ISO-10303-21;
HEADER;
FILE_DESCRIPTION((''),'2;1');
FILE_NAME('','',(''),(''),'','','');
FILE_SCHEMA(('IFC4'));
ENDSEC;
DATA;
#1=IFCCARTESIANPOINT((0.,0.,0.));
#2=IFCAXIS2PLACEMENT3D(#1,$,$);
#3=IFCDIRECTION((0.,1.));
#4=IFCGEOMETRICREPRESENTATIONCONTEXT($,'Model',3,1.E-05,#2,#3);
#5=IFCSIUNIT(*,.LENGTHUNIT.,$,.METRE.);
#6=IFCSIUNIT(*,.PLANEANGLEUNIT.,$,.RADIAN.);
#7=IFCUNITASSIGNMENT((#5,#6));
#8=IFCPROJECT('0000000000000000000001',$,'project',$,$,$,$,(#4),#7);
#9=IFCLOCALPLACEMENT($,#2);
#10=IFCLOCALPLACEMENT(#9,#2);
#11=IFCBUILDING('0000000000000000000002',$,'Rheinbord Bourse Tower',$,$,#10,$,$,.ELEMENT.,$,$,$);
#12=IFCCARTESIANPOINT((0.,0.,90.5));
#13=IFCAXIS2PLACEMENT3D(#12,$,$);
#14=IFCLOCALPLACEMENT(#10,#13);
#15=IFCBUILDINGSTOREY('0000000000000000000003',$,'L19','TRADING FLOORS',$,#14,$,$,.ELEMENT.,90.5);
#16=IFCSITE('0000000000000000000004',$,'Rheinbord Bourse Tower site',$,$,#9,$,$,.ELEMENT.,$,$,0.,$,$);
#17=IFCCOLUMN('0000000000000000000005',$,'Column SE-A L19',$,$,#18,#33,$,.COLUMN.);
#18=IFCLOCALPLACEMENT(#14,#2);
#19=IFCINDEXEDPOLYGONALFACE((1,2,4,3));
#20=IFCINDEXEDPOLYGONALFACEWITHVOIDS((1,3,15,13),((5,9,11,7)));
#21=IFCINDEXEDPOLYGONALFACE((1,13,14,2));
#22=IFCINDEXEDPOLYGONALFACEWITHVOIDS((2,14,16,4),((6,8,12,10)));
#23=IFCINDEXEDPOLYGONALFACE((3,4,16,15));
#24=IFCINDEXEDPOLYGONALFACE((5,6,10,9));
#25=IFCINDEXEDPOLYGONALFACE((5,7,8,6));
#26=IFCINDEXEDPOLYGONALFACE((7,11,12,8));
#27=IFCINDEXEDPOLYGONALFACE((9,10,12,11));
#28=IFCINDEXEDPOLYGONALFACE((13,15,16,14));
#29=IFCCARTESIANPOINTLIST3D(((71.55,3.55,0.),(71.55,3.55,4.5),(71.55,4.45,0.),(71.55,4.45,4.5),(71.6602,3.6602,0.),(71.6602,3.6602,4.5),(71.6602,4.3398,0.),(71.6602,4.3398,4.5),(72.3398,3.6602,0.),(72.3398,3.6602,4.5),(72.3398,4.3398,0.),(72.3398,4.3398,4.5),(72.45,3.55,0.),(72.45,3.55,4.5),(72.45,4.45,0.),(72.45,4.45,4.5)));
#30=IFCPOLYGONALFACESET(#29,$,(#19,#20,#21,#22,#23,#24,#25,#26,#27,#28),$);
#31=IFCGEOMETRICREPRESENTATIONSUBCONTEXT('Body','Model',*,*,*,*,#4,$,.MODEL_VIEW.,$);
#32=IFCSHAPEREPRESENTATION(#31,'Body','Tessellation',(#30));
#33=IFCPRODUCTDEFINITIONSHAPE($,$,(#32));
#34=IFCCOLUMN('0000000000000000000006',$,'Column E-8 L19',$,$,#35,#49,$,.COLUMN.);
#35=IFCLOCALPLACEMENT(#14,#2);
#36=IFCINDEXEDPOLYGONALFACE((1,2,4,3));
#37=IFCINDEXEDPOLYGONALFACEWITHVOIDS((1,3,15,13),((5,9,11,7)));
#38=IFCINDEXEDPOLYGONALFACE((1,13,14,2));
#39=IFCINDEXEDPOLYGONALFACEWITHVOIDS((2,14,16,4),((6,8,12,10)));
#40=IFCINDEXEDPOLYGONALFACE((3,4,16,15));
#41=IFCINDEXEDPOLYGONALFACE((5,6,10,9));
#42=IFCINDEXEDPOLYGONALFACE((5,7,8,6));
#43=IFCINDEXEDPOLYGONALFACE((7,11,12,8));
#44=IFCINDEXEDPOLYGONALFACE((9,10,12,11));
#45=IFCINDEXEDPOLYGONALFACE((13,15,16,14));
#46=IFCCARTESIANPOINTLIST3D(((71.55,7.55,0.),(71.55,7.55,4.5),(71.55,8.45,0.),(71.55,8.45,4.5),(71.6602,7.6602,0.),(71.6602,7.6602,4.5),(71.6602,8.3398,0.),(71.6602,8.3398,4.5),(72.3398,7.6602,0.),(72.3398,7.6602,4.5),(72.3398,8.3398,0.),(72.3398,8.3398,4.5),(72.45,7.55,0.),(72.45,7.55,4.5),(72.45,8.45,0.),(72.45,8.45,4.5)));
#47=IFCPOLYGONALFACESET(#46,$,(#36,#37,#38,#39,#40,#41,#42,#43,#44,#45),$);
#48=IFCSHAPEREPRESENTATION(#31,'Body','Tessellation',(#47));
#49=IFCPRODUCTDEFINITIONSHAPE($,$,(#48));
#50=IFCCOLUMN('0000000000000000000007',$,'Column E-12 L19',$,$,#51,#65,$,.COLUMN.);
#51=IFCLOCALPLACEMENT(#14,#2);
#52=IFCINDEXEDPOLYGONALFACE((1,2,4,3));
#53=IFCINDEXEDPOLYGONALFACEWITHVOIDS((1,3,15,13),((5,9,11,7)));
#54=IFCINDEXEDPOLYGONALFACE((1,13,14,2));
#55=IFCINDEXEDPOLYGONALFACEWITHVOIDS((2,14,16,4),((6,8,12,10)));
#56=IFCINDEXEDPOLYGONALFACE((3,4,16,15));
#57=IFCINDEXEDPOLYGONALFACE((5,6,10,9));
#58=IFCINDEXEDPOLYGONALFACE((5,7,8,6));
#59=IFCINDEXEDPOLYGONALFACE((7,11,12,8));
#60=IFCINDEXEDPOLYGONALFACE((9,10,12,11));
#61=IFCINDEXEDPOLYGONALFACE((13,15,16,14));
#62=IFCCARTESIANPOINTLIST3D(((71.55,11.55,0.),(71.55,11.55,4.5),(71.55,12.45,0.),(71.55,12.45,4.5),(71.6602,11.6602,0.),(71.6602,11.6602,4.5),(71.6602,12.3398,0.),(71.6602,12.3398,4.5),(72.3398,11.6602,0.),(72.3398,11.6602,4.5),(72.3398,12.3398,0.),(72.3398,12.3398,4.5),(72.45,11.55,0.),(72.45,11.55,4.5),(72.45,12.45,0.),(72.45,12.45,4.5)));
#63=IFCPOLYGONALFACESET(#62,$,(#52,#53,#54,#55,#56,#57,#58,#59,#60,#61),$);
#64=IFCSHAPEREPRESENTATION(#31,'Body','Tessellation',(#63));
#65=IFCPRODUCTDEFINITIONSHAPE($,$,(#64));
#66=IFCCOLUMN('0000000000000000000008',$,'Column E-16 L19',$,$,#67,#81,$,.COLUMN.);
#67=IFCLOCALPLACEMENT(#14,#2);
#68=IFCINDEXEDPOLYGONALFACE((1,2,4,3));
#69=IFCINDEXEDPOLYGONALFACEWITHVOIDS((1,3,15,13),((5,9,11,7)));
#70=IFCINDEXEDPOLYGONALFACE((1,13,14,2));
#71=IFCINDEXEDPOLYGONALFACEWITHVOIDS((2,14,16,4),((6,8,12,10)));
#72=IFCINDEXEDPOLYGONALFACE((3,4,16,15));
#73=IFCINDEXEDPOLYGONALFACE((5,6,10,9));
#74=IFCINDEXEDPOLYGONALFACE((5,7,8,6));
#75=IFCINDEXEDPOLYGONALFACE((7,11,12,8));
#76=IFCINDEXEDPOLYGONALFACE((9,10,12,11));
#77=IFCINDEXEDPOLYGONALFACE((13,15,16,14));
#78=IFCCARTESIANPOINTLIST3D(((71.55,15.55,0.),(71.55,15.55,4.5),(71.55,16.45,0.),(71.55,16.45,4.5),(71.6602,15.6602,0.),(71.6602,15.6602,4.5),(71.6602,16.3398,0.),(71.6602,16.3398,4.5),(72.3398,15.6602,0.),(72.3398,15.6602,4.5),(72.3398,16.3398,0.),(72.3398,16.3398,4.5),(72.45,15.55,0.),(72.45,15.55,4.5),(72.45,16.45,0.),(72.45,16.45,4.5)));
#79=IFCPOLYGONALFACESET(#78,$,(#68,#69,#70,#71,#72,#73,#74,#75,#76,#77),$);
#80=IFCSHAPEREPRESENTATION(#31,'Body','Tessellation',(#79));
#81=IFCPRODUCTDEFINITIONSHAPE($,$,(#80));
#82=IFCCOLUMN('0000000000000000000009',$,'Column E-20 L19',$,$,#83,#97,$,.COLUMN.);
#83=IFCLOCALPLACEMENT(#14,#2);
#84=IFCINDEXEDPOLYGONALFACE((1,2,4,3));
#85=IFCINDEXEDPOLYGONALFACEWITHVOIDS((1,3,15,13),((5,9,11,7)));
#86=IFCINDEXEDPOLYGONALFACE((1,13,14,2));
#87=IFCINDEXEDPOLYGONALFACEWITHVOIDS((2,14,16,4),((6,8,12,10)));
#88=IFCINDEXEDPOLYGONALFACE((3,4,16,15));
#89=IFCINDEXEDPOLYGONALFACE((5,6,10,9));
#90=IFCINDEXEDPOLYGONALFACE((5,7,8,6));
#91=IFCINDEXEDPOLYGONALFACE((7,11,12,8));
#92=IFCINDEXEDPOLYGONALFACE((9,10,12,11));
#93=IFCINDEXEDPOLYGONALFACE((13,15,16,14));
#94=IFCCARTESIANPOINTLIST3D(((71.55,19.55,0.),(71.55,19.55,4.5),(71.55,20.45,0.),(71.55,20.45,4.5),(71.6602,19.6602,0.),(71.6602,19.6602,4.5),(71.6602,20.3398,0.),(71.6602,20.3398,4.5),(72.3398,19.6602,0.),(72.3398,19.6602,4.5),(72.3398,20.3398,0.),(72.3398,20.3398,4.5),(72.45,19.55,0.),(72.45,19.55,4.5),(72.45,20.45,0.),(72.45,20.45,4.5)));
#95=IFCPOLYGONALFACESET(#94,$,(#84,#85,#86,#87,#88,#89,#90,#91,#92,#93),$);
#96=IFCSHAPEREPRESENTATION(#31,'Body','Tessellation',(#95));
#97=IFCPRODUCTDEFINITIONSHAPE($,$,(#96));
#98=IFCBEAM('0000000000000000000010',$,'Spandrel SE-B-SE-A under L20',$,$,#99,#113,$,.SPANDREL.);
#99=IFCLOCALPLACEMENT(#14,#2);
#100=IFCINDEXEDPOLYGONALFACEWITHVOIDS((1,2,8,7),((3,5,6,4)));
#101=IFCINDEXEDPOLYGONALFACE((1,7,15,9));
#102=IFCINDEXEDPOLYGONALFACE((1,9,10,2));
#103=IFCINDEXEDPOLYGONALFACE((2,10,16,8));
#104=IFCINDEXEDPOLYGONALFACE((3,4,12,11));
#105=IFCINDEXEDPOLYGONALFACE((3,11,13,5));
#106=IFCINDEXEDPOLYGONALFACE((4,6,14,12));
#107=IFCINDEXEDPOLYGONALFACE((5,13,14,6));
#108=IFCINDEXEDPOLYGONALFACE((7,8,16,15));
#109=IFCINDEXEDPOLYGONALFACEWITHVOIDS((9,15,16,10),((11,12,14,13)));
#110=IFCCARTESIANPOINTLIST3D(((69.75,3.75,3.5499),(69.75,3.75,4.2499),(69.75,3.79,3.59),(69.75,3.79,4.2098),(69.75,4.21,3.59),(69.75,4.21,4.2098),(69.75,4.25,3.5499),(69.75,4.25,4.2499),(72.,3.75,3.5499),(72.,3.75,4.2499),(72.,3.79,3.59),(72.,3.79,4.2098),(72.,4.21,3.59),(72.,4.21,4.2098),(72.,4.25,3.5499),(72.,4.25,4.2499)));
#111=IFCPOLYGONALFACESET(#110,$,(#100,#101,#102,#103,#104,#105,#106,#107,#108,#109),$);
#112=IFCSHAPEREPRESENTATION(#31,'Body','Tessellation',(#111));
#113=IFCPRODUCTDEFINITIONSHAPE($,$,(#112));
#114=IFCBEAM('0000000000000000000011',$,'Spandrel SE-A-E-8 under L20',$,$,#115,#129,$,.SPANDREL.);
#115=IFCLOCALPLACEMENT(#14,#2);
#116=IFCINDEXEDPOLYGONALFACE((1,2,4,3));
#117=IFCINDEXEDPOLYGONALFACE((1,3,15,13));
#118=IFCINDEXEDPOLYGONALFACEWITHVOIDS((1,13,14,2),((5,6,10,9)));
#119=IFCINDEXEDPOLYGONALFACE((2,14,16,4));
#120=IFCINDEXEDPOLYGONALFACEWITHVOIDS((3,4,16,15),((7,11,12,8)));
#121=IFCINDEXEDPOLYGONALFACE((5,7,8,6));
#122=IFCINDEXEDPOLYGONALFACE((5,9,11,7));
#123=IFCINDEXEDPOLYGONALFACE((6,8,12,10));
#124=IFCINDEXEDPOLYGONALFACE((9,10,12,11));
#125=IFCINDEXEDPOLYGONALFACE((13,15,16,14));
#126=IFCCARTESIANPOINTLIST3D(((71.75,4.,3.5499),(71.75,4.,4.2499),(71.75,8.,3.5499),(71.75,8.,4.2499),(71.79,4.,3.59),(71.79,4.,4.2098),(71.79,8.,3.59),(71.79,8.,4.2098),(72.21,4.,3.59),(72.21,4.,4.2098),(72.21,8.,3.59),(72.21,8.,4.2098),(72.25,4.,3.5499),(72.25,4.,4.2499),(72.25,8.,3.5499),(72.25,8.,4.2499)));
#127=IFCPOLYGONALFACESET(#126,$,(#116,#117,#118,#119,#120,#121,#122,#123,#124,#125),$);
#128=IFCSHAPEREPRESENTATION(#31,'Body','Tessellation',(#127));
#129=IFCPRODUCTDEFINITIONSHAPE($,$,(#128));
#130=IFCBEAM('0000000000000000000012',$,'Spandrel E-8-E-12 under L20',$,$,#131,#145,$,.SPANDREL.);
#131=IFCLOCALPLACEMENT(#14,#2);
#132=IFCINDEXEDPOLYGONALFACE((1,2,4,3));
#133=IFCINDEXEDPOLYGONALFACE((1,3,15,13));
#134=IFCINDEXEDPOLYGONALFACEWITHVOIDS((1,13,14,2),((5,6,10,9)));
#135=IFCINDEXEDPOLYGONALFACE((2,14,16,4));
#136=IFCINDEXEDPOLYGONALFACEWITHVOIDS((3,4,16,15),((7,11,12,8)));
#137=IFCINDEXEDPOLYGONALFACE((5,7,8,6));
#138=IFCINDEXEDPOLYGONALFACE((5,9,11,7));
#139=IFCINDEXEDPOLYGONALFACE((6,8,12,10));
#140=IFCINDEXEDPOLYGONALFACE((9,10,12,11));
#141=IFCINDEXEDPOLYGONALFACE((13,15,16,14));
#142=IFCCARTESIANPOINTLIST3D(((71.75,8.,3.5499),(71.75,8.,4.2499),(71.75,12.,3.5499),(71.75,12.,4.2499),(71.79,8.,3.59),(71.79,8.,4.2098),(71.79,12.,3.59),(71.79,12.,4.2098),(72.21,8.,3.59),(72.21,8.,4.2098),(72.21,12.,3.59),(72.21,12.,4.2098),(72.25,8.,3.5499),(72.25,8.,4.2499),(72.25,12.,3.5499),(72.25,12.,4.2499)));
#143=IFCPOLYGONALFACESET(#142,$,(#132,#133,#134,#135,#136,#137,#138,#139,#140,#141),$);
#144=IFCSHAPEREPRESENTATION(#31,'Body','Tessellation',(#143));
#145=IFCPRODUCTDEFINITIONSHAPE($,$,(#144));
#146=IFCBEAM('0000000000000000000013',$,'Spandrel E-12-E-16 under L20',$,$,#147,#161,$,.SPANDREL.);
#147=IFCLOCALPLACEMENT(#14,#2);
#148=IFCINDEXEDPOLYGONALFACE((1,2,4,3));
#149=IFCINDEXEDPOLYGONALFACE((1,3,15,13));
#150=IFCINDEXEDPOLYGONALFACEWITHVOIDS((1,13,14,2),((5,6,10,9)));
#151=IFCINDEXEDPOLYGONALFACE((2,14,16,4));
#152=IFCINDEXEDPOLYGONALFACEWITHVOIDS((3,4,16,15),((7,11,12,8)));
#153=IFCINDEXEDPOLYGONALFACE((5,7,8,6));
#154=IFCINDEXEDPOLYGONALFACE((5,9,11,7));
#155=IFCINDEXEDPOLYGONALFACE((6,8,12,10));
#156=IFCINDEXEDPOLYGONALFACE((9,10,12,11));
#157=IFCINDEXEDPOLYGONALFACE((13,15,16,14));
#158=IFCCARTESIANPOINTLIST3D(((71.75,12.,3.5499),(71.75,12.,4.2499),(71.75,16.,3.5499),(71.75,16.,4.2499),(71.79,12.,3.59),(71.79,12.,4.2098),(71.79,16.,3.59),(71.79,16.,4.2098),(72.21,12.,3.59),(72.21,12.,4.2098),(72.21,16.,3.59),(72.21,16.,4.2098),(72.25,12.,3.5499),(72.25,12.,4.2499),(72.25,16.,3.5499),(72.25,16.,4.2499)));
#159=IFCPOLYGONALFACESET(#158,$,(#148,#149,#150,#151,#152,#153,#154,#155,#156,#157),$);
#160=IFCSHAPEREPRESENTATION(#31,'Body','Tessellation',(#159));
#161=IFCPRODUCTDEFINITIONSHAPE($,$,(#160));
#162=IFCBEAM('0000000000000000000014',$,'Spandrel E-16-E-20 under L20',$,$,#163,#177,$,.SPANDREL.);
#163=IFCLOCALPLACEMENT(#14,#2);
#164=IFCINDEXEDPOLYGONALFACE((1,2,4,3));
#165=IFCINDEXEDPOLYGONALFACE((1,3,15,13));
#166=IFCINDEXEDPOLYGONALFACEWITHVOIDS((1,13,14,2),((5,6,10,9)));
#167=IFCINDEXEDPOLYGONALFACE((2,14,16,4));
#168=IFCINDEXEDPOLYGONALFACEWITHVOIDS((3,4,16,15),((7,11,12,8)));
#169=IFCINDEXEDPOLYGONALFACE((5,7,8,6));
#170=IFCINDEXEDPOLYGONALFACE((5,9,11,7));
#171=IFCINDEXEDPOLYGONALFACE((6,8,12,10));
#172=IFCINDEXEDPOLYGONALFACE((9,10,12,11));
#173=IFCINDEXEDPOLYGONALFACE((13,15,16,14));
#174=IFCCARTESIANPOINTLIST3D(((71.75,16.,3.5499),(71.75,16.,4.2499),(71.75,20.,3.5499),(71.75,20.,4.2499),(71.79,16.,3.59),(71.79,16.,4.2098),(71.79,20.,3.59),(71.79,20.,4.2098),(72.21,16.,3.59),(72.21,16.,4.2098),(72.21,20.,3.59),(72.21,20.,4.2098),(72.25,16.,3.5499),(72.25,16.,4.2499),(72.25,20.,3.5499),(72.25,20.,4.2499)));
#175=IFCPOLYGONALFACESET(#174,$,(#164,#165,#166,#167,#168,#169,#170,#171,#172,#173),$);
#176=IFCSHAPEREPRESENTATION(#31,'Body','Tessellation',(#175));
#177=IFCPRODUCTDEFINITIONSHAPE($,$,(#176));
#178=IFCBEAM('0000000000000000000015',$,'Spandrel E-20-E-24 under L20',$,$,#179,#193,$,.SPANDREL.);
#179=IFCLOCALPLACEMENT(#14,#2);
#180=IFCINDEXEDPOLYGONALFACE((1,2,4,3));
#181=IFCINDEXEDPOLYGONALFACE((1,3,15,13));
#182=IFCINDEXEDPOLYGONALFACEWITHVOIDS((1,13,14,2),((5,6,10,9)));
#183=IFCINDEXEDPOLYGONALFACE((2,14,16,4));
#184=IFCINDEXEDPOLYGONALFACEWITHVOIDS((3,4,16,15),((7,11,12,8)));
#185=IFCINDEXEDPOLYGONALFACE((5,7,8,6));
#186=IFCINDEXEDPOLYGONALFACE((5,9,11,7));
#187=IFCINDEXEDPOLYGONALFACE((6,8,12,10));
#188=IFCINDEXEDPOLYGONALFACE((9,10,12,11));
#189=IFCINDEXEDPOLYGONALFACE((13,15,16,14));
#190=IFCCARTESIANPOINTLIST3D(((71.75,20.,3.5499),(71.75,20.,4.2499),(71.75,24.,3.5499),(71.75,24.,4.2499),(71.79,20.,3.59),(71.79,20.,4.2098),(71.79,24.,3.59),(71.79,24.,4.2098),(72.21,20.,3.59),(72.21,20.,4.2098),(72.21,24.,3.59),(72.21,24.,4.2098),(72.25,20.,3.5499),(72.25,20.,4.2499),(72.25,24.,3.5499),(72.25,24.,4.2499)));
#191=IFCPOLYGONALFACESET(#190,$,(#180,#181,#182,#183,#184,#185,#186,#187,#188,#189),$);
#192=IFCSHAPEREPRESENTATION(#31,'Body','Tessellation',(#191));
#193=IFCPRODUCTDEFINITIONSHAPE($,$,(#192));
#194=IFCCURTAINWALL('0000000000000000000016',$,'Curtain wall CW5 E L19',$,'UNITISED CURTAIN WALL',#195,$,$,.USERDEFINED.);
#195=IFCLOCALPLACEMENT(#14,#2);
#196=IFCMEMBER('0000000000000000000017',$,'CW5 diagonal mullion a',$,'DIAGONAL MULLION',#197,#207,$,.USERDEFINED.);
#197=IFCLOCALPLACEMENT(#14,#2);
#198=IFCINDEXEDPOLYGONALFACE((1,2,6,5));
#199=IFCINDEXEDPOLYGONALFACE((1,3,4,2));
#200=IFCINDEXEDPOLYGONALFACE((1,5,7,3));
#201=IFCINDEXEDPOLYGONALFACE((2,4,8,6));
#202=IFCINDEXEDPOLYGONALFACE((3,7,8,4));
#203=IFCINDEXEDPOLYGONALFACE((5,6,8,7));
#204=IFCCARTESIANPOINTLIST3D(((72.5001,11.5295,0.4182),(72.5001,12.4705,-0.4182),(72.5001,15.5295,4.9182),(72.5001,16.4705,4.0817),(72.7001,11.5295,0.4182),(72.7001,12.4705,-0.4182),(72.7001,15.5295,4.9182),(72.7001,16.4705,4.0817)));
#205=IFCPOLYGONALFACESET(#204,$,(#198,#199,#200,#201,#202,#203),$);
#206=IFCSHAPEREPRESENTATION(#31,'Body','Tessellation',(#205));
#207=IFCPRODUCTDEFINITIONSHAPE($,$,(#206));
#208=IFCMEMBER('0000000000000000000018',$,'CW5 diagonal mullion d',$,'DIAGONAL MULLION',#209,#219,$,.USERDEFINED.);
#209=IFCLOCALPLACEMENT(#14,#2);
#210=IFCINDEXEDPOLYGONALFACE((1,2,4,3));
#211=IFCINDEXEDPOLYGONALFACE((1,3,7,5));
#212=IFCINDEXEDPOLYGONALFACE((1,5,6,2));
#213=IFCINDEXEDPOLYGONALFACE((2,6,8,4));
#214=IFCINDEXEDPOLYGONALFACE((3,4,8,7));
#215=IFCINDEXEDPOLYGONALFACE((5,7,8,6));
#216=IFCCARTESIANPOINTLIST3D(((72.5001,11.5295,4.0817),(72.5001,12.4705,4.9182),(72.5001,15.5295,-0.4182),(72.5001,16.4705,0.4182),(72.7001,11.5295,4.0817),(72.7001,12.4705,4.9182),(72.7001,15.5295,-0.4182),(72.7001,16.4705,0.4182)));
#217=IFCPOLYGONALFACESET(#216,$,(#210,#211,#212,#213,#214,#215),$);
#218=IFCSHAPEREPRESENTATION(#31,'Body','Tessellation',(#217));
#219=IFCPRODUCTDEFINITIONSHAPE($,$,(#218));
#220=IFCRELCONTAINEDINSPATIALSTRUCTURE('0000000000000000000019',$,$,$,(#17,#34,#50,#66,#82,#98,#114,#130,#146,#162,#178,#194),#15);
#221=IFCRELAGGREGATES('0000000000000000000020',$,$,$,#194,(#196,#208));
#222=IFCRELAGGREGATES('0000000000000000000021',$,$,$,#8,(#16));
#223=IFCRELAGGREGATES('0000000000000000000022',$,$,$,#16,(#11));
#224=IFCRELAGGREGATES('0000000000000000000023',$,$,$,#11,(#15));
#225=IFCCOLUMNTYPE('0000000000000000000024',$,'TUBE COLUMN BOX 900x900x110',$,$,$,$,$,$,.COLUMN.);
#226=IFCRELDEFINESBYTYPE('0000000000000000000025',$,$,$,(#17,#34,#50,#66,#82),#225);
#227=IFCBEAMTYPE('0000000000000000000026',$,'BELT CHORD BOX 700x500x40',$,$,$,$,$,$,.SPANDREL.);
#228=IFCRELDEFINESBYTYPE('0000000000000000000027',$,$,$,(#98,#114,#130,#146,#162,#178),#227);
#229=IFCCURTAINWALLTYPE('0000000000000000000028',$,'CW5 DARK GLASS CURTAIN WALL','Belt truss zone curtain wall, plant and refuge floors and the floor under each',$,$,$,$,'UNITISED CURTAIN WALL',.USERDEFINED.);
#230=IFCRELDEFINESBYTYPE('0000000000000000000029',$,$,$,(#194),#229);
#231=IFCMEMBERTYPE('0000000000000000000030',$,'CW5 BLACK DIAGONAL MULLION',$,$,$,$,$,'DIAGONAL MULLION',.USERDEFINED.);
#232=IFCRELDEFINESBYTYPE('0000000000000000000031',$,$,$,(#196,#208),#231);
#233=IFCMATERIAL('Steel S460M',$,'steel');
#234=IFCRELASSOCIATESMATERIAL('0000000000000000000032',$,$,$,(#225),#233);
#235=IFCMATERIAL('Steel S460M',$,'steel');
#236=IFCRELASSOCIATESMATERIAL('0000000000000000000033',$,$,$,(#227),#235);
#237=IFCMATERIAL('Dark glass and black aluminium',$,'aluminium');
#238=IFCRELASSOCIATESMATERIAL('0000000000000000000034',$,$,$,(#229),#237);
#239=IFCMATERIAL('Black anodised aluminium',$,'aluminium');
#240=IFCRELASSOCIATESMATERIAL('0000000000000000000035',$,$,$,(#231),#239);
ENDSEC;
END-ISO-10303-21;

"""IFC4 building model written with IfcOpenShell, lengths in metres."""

from ifc_helpers import new_model, si_unit, direction, frame, origin, origin_2d, place, context, subcontext, project, spatial, rectangle, hollow_rectangle, extrude, material, material_profile, profile_set, type_object, element, aggregate, save


model = new_model("IFC4")

# Units and contexts
model_context = context("Model", 3, precision=1e-05, world=origin(), true_north=direction((0.0, 1.0)))
body_context = subcontext(model_context, "Body", "Model", "MODEL_VIEW")
ifc_project = project(units=[si_unit("LENGTHUNIT", "METRE"), si_unit("PLANEANGLEUNIT", "RADIAN")], contexts=[model_context])

# Site, building, storey
site_placement = place(None, origin())
site = spatial("IfcSite", under=ifc_project, at=site_placement, Name="Rheinbord Bourse Tower site", CompositionType="ELEMENT", RefElevation=0.0)
building_placement = place(site_placement, origin())
building = spatial("IfcBuilding", under=site, at=building_placement, Name="Rheinbord Bourse Tower", CompositionType="ELEMENT")
storey_placement = place(building_placement, frame((0.0, 0.0, 90.5)))
storey = spatial("IfcBuildingStorey", under=building, at=storey_placement, Name="L19", Description="TRADING FLOORS", CompositionType="ELEMENT", Elevation=90.5)

# Columns
ifc_material_1 = material(Name="Steel S460M", Category="steel")
ifc_material_profile_1 = material_profile(ifc_material_1, hollow_rectangle(XDim=0.8999, YDim=0.8999, WallThickness=0.1101, at=origin_2d()), Name="BOX 900x900x110")
ifc_profile_set_1 = profile_set([ifc_material_profile_1], Name="Steel S460M")
column_type = type_object("IfcColumnType", Name="TUBE COLUMN BOX 900x900x110", PredefinedType="COLUMN", material=ifc_profile_set_1)
for number, where, z_axis, x_axis, name in (
    (1, (72.0, 4.0, 0.0), (0.0, 0.0, 1.0), (1.0, 0.0, 0.0), "Column SE-A L19"),
    (2, (72.0, 8.0, 0.0), (0.0, 0.0, 1.0), (1.0, 0.0, 0.0), "Column E-8 L19"),
    (3, (72.0, 12.0, 0.0), (0.0, 0.0, 1.0), (1.0, 0.0, 0.0), "Column E-12 L19"),
    (4, (72.0, 16.0, 0.0), (0.0, 0.0, 1.0), (1.0, 0.0, 0.0), "Column E-16 L19"),
    (5, (72.0, 20.0, 0.0), (0.0, 0.0, 1.0), (1.0, 0.0, 0.0), "Column E-20 L19"),
):
    element("IfcColumn", number, at=place(storey_placement, frame(where, z_axis=z_axis, x_axis=x_axis)), inside=storey, type_object=column_type, Name=name, PredefinedType="COLUMN", context=body_context, shape_type="SweptSolid", body=[
        extrude(hollow_rectangle(XDim=0.8999, YDim=0.8999, WallThickness=0.1101, at=origin_2d()), origin(), (0.0, 0.0, 1.0), 4.5),
    ])

# Beams
ifc_material_2 = material(Name="Steel S460M", Category="steel")
ifc_material_profile_2 = material_profile(ifc_material_2, hollow_rectangle(XDim=0.5, YDim=0.7, WallThickness=0.04, at=origin_2d()), Name="BOX 700x500x40")
ifc_profile_set_2 = profile_set([ifc_material_profile_2], Name="Steel S460M")
beam_type_1 = type_object("IfcBeamType", Name="BELT CHORD BOX 700x500x40", PredefinedType="SPANDREL", material=ifc_profile_set_2)
beam_placement = place(storey_placement, frame((69.75, 4.0, 3.8999), z_axis=(1.0, 0.0, 0.0), x_axis=(0.0, 1.0, 0.0)))
element("IfcBeam", 6, at=beam_placement, inside=storey, type_object=beam_type_1, Name="Spandrel SE-B-SE-A under L20", PredefinedType="SPANDREL", context=body_context, shape_type="SweptSolid", body=[
    extrude(hollow_rectangle(XDim=0.5, YDim=0.7, WallThickness=0.04, at=origin_2d()), origin(), (0.0, 0.0, 1.0), 2.25),
])
for number, where, z_axis, x_axis, name in (
    (7, (72.0, 4.0, 3.8999), (0.0, 1.0, 0.0), (-1.0, 0.0, 0.0), "Spandrel SE-A-E-8 under L20"),
    (8, (72.0, 8.0, 3.8999), (0.0, 1.0, 0.0), (-1.0, 0.0, 0.0), "Spandrel E-8-E-12 under L20"),
    (9, (72.0, 12.0, 3.8999), (0.0, 1.0, 0.0), (-1.0, 0.0, 0.0), "Spandrel E-12-E-16 under L20"),
    (10, (72.0, 16.0, 3.8999), (0.0, 1.0, 0.0), (-1.0, 0.0, 0.0), "Spandrel E-16-E-20 under L20"),
    (11, (72.0, 20.0, 3.8999), (0.0, 1.0, 0.0), (-1.0, 0.0, 0.0), "Spandrel E-20-E-24 under L20"),
):
    element("IfcBeam", number, at=place(storey_placement, frame(where, z_axis=z_axis, x_axis=x_axis)), inside=storey, type_object=beam_type_1, Name=name, PredefinedType="SPANDREL", context=body_context, shape_type="SweptSolid", body=[
        extrude(hollow_rectangle(XDim=0.5, YDim=0.7, WallThickness=0.04, at=origin_2d()), origin(), (0.0, 0.0, 1.0), 4.0),
    ])

# Curtain wall, members
ifc_material_3 = material(Name="Dark glass and black aluminium", Category="aluminium")
curtain_wall_type = type_object("IfcCurtainWallType", Name="CW5 DARK GLASS CURTAIN WALL", Description="Belt truss zone curtain wall, plant and refuge floors and the floor under each", ElementType="UNITISED CURTAIN WALL", PredefinedType="USERDEFINED", material=ifc_material_3)
curtain_wall_placement = place(storey_placement, origin())
curtain_wall = element("IfcCurtainWall", 12, at=curtain_wall_placement, inside=storey, type_object=curtain_wall_type, Name="Curtain wall CW5 E L19", ObjectType="UNITISED CURTAIN WALL", PredefinedType="USERDEFINED")
ifc_material_4 = material(Name="Black anodised aluminium", Category="aluminium")
ifc_material_profile_3 = material_profile(ifc_material_4, rectangle(XDim=0.2, YDim=1.259, at=origin_2d()), Name="CW5 DIAGONAL MULLION 1259x200")
ifc_profile_set_3 = profile_set([ifc_material_profile_3], Name="Black anodised aluminium")
member_type_1 = type_object("IfcMemberType", Name="CW5 BLACK DIAGONAL MULLION", ElementType="DIAGONAL MULLION", PredefinedType="USERDEFINED", material=ifc_profile_set_3)
member_1_placement = place(storey_placement, frame((72.6001, 12.0, 0.0), z_axis=(0.0, 0.664364, 0.747409), x_axis=(-1.0, 0.0, 0.0)))
member_1 = element("IfcMember", 13, at=member_1_placement, type_object=member_type_1, Name="CW5 diagonal mullion a", ObjectType="DIAGONAL MULLION", PredefinedType="USERDEFINED", context=body_context, shape_type="SweptSolid", body=[
    extrude(rectangle(XDim=0.2, YDim=1.259, at=origin_2d()), origin(), (0.0, 0.0, 1.0), 6.0208),
])
member_2_placement = place(storey_placement, frame((72.6001, 16.0, 0.0), z_axis=(0.0, -0.664364, 0.747409), x_axis=(1.0, 0.0, 0.0)))
member_2 = element("IfcMember", 14, at=member_2_placement, type_object=member_type_1, Name="CW5 diagonal mullion d", ObjectType="DIAGONAL MULLION", PredefinedType="USERDEFINED", context=body_context, shape_type="SweptSolid", body=[
    extrude(rectangle(XDim=0.2, YDim=1.259, at=origin_2d()), origin(), (0.0, 0.0, 1.0), 6.0208),
])

aggregate(curtain_wall, [member_1, member_2])

save(model, "model.ifc")
